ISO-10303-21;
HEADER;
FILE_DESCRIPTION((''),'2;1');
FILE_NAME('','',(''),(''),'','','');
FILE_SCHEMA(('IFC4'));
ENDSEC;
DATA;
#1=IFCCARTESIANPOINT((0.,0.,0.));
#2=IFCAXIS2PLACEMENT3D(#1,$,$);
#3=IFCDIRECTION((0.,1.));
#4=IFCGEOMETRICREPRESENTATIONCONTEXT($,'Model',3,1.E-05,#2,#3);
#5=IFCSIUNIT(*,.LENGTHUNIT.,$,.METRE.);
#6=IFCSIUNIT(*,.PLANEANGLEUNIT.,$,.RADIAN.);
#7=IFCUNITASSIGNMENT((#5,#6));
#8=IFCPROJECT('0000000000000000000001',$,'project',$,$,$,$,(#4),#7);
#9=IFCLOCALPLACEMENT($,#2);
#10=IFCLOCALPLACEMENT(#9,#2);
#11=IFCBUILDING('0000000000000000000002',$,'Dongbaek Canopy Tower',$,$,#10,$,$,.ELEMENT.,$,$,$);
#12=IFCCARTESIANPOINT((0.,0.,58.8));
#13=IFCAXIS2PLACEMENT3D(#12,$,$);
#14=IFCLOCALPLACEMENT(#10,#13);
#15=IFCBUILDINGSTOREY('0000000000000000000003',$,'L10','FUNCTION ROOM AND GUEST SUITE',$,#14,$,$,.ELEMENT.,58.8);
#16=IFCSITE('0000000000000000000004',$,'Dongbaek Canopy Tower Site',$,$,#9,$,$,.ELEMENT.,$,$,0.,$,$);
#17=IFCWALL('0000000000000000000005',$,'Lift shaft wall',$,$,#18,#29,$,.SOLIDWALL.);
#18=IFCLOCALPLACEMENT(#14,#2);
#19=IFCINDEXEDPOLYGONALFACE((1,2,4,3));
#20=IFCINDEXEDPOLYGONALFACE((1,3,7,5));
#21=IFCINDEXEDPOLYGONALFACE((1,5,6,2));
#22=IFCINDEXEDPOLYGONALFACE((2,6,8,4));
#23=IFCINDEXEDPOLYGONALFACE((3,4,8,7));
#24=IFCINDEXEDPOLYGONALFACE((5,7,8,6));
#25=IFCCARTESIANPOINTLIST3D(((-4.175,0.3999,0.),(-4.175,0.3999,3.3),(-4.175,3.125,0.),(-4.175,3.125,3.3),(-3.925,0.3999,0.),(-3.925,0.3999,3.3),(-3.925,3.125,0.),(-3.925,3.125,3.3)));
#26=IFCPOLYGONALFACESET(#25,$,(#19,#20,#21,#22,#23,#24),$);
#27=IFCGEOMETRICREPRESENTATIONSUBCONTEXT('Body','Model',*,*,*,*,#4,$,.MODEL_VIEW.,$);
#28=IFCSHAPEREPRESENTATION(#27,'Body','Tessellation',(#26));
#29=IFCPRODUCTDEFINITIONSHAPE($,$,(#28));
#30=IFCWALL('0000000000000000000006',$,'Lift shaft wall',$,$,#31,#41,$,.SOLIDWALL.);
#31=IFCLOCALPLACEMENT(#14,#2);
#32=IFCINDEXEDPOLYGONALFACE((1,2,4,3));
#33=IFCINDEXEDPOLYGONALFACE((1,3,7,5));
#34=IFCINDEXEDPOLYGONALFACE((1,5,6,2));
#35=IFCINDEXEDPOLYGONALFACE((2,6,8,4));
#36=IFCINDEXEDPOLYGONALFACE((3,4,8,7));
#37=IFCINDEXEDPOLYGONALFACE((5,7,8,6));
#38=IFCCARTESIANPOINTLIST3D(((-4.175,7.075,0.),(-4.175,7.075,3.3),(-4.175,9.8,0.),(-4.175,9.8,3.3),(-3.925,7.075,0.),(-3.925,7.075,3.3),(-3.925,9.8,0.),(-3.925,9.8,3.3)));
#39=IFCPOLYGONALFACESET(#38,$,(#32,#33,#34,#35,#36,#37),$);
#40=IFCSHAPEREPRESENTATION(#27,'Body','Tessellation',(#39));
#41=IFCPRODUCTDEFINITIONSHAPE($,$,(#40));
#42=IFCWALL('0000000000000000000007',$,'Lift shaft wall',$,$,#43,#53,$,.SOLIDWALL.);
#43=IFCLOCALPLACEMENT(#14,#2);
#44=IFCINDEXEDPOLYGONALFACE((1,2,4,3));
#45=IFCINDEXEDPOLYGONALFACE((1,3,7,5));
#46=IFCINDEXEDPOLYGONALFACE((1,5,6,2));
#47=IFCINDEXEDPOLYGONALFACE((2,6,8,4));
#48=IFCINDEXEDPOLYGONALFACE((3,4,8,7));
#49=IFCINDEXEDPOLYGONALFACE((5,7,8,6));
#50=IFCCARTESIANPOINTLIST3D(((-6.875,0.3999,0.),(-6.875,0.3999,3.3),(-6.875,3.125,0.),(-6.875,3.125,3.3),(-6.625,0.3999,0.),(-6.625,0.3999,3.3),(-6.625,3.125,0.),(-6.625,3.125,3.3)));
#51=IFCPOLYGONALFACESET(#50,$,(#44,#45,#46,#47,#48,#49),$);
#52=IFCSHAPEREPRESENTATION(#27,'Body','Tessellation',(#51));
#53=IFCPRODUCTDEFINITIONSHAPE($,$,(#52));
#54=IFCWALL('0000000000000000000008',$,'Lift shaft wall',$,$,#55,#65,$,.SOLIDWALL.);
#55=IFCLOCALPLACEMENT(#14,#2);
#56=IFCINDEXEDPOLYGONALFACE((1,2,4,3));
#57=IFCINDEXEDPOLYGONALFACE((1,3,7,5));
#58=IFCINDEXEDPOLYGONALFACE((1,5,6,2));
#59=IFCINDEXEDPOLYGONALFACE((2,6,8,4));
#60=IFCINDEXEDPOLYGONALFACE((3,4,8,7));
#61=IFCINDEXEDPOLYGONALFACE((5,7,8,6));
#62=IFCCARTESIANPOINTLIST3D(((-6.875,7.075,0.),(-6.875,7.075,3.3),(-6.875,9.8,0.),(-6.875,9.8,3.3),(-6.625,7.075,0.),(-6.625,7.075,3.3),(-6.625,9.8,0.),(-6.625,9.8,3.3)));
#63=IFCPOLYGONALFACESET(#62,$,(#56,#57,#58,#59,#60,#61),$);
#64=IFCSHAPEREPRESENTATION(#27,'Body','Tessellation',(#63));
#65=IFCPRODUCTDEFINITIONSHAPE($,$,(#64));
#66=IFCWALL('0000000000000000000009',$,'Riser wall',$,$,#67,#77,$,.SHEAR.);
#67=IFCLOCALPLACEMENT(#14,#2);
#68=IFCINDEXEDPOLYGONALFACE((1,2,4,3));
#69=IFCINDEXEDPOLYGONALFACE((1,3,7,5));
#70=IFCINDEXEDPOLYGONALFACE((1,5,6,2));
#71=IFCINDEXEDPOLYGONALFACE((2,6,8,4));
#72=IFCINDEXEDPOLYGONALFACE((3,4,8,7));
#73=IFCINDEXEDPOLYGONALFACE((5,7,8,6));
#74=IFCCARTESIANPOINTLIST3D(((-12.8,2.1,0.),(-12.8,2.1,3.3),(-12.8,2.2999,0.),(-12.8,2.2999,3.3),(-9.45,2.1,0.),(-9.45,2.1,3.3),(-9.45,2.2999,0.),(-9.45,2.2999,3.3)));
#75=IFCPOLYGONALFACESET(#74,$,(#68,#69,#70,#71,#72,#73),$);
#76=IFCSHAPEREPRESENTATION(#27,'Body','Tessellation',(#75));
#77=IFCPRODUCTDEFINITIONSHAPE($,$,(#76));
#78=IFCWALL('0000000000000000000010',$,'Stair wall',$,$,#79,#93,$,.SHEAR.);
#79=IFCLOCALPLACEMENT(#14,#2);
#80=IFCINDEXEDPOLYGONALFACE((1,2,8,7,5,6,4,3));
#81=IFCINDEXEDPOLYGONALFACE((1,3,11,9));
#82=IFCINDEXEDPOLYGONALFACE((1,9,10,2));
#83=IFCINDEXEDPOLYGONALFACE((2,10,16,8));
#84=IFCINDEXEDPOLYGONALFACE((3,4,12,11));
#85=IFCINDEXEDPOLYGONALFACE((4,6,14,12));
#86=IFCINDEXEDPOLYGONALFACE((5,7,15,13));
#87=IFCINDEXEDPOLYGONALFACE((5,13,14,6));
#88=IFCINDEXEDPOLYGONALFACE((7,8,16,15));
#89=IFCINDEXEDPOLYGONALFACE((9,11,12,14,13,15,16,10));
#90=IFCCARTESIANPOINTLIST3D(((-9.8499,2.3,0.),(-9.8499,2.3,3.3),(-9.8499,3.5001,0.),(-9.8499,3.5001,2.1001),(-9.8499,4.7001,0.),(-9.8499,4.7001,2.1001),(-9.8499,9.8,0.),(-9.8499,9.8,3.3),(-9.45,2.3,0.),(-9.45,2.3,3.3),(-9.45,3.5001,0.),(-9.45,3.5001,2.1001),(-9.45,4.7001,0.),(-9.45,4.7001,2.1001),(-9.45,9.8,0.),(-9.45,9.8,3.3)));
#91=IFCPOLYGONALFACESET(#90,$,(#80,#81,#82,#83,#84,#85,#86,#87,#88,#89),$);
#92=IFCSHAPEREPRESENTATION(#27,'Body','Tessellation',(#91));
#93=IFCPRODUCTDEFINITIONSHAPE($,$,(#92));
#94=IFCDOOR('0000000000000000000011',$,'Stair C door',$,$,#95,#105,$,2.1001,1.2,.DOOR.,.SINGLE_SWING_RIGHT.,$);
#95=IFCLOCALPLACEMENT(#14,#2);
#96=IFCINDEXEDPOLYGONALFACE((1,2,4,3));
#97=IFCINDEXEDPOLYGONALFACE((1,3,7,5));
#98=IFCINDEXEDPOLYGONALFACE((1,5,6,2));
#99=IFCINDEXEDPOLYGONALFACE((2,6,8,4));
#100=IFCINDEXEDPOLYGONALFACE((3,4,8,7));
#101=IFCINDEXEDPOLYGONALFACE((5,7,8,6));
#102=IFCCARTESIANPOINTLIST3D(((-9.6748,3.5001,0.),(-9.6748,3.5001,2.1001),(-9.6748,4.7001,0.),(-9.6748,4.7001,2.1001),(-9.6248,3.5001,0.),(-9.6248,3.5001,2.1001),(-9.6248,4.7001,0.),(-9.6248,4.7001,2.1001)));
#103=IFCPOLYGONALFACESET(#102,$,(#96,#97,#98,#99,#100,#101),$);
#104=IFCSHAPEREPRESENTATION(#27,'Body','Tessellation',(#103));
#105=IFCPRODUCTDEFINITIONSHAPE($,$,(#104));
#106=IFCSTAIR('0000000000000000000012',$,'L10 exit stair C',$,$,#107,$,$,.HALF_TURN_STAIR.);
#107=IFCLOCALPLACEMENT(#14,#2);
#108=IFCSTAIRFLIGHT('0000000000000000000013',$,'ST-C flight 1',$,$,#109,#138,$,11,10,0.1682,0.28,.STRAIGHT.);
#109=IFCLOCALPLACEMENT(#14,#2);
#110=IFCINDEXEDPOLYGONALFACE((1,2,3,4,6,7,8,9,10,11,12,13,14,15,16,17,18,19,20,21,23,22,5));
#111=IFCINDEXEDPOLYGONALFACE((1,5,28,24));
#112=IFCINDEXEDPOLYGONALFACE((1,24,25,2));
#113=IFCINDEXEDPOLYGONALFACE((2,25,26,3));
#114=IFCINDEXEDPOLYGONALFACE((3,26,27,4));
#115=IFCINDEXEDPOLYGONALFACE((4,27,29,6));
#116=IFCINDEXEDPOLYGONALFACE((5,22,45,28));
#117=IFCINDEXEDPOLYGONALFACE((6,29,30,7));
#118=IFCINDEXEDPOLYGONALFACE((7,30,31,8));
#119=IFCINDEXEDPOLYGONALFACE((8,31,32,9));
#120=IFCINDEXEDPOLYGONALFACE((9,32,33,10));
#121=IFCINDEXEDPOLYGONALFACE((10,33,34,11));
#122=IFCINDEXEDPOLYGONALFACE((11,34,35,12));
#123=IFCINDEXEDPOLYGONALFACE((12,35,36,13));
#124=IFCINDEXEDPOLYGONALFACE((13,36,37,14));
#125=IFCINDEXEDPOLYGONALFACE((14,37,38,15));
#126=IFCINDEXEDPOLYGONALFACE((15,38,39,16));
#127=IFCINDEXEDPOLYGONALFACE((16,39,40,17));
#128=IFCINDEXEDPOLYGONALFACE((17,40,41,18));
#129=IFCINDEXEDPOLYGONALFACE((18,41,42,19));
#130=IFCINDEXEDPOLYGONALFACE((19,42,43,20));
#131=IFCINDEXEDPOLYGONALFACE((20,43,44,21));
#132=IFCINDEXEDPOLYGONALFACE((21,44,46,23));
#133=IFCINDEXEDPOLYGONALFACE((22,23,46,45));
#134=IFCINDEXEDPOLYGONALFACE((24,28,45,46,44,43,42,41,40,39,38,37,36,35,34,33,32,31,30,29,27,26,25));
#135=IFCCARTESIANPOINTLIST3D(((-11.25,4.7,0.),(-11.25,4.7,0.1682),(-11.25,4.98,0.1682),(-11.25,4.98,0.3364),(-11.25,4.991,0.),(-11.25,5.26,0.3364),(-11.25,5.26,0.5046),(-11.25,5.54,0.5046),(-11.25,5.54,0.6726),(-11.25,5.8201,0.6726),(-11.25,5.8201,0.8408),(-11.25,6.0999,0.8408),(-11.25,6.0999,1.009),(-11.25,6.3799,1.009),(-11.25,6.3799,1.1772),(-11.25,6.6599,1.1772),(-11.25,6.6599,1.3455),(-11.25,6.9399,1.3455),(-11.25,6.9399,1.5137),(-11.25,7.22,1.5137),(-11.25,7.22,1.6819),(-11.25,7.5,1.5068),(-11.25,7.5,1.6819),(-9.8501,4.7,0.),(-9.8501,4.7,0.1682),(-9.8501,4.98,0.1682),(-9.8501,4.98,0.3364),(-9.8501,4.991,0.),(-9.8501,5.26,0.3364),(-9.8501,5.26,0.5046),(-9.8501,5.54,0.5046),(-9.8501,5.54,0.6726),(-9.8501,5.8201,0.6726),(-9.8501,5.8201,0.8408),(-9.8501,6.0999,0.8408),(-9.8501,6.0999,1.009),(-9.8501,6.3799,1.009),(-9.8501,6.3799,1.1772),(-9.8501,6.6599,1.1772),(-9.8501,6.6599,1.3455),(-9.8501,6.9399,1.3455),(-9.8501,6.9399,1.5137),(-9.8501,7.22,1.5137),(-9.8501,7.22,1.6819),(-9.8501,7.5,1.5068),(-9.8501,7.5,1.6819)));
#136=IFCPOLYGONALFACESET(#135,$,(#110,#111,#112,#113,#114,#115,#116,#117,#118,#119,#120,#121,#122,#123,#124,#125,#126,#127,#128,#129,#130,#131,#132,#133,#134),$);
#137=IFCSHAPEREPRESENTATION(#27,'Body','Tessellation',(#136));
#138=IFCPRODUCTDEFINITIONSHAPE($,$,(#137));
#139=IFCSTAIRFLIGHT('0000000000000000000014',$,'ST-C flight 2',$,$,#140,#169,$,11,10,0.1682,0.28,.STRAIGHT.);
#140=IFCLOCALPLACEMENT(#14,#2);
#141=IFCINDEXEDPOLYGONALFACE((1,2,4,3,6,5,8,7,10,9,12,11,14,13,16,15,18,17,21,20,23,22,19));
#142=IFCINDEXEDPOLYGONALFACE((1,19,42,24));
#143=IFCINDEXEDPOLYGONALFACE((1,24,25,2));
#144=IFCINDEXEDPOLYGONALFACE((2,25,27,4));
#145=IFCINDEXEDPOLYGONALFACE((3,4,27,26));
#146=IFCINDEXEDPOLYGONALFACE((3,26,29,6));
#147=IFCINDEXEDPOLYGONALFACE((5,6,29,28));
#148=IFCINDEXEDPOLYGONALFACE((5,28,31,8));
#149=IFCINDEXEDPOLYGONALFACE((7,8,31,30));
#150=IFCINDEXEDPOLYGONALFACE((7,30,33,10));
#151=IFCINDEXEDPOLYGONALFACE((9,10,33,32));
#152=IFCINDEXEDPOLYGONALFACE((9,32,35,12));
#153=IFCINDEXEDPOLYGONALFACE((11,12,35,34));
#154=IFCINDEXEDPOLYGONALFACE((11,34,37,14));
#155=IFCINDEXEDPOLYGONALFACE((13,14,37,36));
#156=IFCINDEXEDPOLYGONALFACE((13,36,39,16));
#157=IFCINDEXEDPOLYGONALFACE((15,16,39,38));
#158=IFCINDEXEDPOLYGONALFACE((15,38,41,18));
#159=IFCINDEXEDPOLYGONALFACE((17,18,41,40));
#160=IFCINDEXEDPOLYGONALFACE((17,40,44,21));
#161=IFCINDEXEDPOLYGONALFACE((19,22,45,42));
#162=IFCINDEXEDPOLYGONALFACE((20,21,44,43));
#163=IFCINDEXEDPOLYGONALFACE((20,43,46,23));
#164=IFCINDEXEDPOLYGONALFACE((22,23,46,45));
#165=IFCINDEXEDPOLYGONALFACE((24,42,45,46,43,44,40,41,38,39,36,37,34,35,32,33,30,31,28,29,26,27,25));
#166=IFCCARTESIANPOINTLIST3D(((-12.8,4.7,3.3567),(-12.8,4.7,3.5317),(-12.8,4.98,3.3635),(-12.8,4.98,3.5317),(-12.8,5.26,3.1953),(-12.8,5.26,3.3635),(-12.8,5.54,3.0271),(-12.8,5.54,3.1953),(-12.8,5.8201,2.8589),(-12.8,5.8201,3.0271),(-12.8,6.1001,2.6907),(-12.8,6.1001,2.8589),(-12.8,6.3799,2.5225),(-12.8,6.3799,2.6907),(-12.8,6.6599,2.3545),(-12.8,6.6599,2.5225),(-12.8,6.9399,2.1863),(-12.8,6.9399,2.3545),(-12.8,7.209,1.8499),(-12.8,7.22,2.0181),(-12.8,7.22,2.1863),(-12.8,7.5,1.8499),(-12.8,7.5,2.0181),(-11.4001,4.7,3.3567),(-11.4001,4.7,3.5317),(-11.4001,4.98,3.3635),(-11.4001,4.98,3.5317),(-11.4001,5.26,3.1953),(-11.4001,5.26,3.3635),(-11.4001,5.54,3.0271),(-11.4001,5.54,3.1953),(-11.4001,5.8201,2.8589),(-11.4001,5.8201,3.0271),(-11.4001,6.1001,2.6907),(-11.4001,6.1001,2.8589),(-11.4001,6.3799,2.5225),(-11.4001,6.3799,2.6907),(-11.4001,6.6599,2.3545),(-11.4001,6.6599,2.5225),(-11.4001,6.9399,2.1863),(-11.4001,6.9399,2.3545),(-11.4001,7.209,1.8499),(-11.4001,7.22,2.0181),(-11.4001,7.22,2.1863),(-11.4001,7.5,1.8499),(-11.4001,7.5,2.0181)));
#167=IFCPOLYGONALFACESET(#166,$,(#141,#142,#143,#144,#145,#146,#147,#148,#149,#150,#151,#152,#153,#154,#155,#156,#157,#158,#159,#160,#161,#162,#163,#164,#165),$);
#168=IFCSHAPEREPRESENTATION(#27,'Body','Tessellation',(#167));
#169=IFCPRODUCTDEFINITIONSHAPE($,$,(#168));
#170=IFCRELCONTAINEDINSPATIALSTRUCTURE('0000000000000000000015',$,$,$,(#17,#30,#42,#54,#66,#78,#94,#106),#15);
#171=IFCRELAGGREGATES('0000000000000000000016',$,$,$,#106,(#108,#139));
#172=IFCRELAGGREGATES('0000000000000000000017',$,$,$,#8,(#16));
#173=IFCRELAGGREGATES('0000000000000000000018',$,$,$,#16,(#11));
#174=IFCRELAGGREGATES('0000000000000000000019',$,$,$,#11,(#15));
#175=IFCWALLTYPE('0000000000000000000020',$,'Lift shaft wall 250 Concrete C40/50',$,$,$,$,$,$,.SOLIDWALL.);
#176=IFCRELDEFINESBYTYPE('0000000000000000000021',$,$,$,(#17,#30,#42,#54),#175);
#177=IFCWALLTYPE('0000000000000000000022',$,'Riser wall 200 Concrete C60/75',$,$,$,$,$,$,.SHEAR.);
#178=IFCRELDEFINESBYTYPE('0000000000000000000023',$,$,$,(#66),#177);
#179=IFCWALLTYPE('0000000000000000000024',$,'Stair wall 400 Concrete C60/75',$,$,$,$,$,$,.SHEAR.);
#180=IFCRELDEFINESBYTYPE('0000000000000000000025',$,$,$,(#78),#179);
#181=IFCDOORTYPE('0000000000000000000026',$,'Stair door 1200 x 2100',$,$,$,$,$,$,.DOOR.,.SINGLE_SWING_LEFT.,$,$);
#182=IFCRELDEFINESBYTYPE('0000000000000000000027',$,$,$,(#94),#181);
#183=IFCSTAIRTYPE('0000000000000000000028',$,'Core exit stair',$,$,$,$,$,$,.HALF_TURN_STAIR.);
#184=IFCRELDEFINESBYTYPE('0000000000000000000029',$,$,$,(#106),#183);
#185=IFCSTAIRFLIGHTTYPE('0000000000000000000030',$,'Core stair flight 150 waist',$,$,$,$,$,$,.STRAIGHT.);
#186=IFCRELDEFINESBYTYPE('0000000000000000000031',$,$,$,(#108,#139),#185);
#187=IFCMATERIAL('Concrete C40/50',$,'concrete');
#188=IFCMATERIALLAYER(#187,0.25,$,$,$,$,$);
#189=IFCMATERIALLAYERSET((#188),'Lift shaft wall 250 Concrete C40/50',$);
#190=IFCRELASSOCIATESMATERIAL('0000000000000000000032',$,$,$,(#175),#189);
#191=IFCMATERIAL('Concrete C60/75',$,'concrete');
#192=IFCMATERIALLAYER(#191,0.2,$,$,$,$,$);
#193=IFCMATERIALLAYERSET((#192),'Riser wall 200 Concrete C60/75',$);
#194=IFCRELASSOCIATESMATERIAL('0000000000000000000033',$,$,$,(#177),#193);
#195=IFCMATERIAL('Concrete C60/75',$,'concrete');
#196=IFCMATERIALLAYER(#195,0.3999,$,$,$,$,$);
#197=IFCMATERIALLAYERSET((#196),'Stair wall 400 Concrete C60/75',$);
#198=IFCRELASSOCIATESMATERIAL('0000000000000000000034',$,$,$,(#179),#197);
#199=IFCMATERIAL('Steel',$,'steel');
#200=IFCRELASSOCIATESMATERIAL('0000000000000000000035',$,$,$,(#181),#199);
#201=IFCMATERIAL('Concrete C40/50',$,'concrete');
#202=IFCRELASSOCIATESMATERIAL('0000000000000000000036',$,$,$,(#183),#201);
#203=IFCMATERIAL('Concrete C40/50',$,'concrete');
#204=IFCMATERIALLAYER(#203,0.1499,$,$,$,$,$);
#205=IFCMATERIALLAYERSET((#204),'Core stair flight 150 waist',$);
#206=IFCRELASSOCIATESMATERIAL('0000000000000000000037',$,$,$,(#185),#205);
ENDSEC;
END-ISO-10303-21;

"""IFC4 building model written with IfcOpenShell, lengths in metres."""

from ifc_helpers import new_model, si_unit, direction, frame, frame_2d, origin, place, context, subcontext, project, spatial, polyline, rectangle, outline, extrude, material, layer, layer_set, type_object, element, fill, aggregate, save


model = new_model("IFC4")

# Units and contexts
model_context = context("Model", 3, precision=1e-05, world=origin(), true_north=direction((0.0, 1.0)))
body_context = subcontext(model_context, "Body", "Model", "MODEL_VIEW")
ifc_project = project(units=[si_unit("LENGTHUNIT", "METRE"), si_unit("PLANEANGLEUNIT", "RADIAN")], contexts=[model_context])

# Site, building, storey
site_placement = place(None, origin())
site = spatial("IfcSite", under=ifc_project, at=site_placement, Name="Dongbaek Canopy Tower Site", CompositionType="ELEMENT", RefElevation=0.0)
building_placement = place(site_placement, origin())
building = spatial("IfcBuilding", under=site, at=building_placement, Name="Dongbaek Canopy Tower", CompositionType="ELEMENT")
storey_placement = place(building_placement, frame((0.0, 0.0, 58.8)))
storey = spatial("IfcBuildingStorey", under=building, at=storey_placement, Name="L10", Description="FUNCTION ROOM AND GUEST SUITE", CompositionType="ELEMENT", Elevation=58.8)

# Walls
ifc_material_1 = material(Name="Concrete C40/50", Category="concrete")
ifc_layer_1 = layer(ifc_material_1, 0.25)
ifc_layer_set_1 = layer_set([ifc_layer_1], Name="Lift shaft wall 250 Concrete C40/50")
wall_type_1 = type_object("IfcWallType", Name="Lift shaft wall 250 Concrete C40/50", PredefinedType="SOLIDWALL", material=ifc_layer_set_1)
for number, where, z_axis, x_axis, name in (
    (1, (-4.05, 0.3999, 0.0), (0.0, 0.0, 1.0), (0.0, 1.0, 0.0), "Lift shaft wall"),
    (2, (-4.05, 7.075, 0.0), (0.0, 0.0, 1.0), (0.0, 1.0, 0.0), "Lift shaft wall"),
    (3, (-6.75, 0.3999, 0.0), (0.0, 0.0, 1.0), (0.0, 1.0, 0.0), "Lift shaft wall"),
    (4, (-6.75, 7.075, 0.0), (0.0, 0.0, 1.0), (0.0, 1.0, 0.0), "Lift shaft wall"),
):
    element("IfcWall", number, at=place(storey_placement, frame(where, z_axis=z_axis, x_axis=x_axis)), inside=storey, type_object=wall_type_1, Name=name, PredefinedType="SOLIDWALL", context=body_context, shape_type="SweptSolid", body=[
        extrude(rectangle(XDim=2.7251, YDim=0.25, at=frame_2d((1.3625, 0.0))), origin(), (0.0, 0.0, 1.0), 3.3),
    ])
ifc_material_2 = material(Name="Concrete C60/75", Category="concrete")
ifc_layer_2 = layer(ifc_material_2, 0.2)
ifc_layer_set_2 = layer_set([ifc_layer_2], Name="Riser wall 200 Concrete C60/75")
wall_type_2 = type_object("IfcWallType", Name="Riser wall 200 Concrete C60/75", PredefinedType="SHEAR", material=ifc_layer_set_2)
wall_1_placement = place(storey_placement, frame((-9.45, 2.2, 0.0), z_axis=(0.0, 0.0, 1.0), x_axis=(-1.0, 0.0, 0.0)))
element("IfcWall", 5, at=wall_1_placement, inside=storey, type_object=wall_type_2, Name="Riser wall", PredefinedType="SHEAR", context=body_context, shape_type="SweptSolid", body=[
    extrude(rectangle(XDim=3.3501, YDim=0.2, at=frame_2d((1.675, 0.0))), origin(), (0.0, 0.0, 1.0), 3.3),
])

# Wall, opening, door
ifc_material_3 = material(Name="Concrete C60/75", Category="concrete")
ifc_layer_3 = layer(ifc_material_3, 0.3999)
ifc_layer_set_3 = layer_set([ifc_layer_3], Name="Stair wall 400 Concrete C60/75")
wall_type_3 = type_object("IfcWallType", Name="Stair wall 400 Concrete C60/75", PredefinedType="SHEAR", material=ifc_layer_set_3)
wall_2_placement = place(storey_placement, frame((-9.6499, 2.3, 0.0), z_axis=(0.0, 0.0, 1.0), x_axis=(0.0, 1.0, 0.0)))
wall_2 = element("IfcWall", 6, at=wall_2_placement, inside=storey, type_object=wall_type_3, Name="Stair wall", PredefinedType="SHEAR", context=body_context, shape_type="SweptSolid", body=[
    extrude(rectangle(XDim=7.5, YDim=0.3999, at=frame_2d((3.75, 0.0))), origin(), (0.0, 0.0, 1.0), 3.3),
])
opening_1_placement = place(wall_2_placement, frame((1.2, 0.0, 0.0)))
opening_1 = element("IfcOpeningElement", 7, at=opening_1_placement, cuts=wall_2, PredefinedType="OPENING", context=body_context, shape_type="SweptSolid", body=[
    extrude(rectangle(XDim=1.2, YDim=2.1001, at=frame_2d((0.6001, 1.05))), frame((0.0, 0.21, 0.0), z_axis=(0.0, -1.0, 0.0), x_axis=(1.0, 0.0, 0.0)), (0.0, 0.0, 1.0), 0.4199),
])
ifc_material_4 = material(Name="Steel", Category="steel")
door_type_1 = type_object("IfcDoorType", Name="Stair door 1200 x 2100", OperationType="SINGLE_SWING_LEFT", PredefinedType="DOOR", material=ifc_material_4)
door_1_placement = place(opening_1_placement, origin())
door_1 = element("IfcDoor", 8, at=door_1_placement, inside=storey, type_object=door_type_1, Name="Stair C door", OperationType="SINGLE_SWING_RIGHT", OverallHeight=2.1001, OverallWidth=1.2, PredefinedType="DOOR", context=body_context, shape_type="SweptSolid", body=[
    extrude(rectangle(XDim=1.2, YDim=2.1001, at=frame_2d((0.6001, 1.05))), frame((0.0, 0.0249, 0.0), z_axis=(0.0, -1.0, 0.0), x_axis=(1.0, 0.0, 0.0)), (0.0, 0.0, 1.0), 0.05),
])
fill(opening_1, door_1)

# Stair, stair flights
ifc_material_5 = material(Name="Concrete C40/50", Category="concrete")
stair_type = type_object("IfcStairType", Name="Core exit stair", PredefinedType="HALF_TURN_STAIR", material=ifc_material_5)
stair_placement = place(storey_placement, origin())
stair = element("IfcStair", 9, at=stair_placement, inside=storey, type_object=stair_type, Name="L10 exit stair C", PredefinedType="HALF_TURN_STAIR")
ifc_material_6 = material(Name="Concrete C40/50", Category="concrete")
ifc_layer_4 = layer(ifc_material_6, 0.1499)
ifc_layer_set_4 = layer_set([ifc_layer_4], Name="Core stair flight 150 waist")
stair_flight_type = type_object("IfcStairFlightType", Name="Core stair flight 150 waist", PredefinedType="STRAIGHT", material=ifc_layer_set_4)
stair_flight_1_placement = place(storey_placement, frame((-10.55, 4.7, 0.0), z_axis=(0.0, 0.0, 1.0), x_axis=(0.0, 1.0, 0.0)))
stair_flight_1 = element("IfcStairFlight", 10, at=stair_flight_1_placement, type_object=stair_flight_type, Name="ST-C flight 1", NumberOfRisers=11, NumberOfTreads=10, PredefinedType="STRAIGHT", RiserHeight=0.1682, TreadLength=0.28, context=body_context, shape_type="SweptSolid", body=[
    extrude(outline(polyline([(0.0, 0.0), (0.0, 0.1682), (0.28, 0.1682), (0.28, 0.3364), (0.5601, 0.3364), (0.5601, 0.5046), (0.8401, 0.5046), (0.8401, 0.6726), (1.1201, 0.6726), (1.1201, 0.8408), (1.3999, 0.8408), (1.3999, 1.009), (1.6799, 1.009), (1.6799, 1.1772), (1.96, 1.1772), (1.96, 1.3455), (2.24, 1.3455), (2.24, 1.5137), (2.52, 1.5137), (2.52, 1.6819), (2.8, 1.6819), (2.8, 1.8501), (2.8, 1.5068), (0.291, 0.0), (0.0, 0.0)])), frame((0.0, 0.7, 0.0), z_axis=(0.0, -1.0, 0.0), x_axis=(1.0, 0.0, 0.0)), (0.0, 0.0, 1.0), 1.3999),
])
stair_flight_2_placement = place(storey_placement, frame((-12.1001, 7.5, 1.8499), z_axis=(0.0, 0.0, 1.0), x_axis=(0.0, -1.0, 0.0)))
stair_flight_2 = element("IfcStairFlight", 11, at=stair_flight_2_placement, type_object=stair_flight_type, Name="ST-C flight 2", NumberOfRisers=11, NumberOfTreads=10, PredefinedType="STRAIGHT", RiserHeight=0.1682, TreadLength=0.28, context=body_context, shape_type="SweptSolid", body=[
    extrude(outline(polyline([(0.0, 0.0), (0.0, 0.1682), (0.28, 0.1682), (0.28, 0.3364), (0.5601, 0.3364), (0.5601, 0.5046), (0.8401, 0.5046), (0.8401, 0.6726), (1.1201, 0.6726), (1.1201, 0.8408), (1.3999, 0.8408), (1.3999, 1.009), (1.6799, 1.009), (1.6799, 1.1772), (1.96, 1.1772), (1.96, 1.3455), (2.24, 1.3455), (2.24, 1.5137), (2.52, 1.5137), (2.52, 1.6819), (2.8, 1.6819), (2.8, 1.8501), (2.8, 1.5068), (0.291, 0.0), (0.0, 0.0)])), frame((0.0, 0.7, 0.0), z_axis=(0.0, -1.0, 0.0), x_axis=(1.0, 0.0, 0.0)), (0.0, 0.0, 1.0), 1.3999),
])
aggregate(stair, [stair_flight_1, stair_flight_2])

save(model, "model.ifc")
